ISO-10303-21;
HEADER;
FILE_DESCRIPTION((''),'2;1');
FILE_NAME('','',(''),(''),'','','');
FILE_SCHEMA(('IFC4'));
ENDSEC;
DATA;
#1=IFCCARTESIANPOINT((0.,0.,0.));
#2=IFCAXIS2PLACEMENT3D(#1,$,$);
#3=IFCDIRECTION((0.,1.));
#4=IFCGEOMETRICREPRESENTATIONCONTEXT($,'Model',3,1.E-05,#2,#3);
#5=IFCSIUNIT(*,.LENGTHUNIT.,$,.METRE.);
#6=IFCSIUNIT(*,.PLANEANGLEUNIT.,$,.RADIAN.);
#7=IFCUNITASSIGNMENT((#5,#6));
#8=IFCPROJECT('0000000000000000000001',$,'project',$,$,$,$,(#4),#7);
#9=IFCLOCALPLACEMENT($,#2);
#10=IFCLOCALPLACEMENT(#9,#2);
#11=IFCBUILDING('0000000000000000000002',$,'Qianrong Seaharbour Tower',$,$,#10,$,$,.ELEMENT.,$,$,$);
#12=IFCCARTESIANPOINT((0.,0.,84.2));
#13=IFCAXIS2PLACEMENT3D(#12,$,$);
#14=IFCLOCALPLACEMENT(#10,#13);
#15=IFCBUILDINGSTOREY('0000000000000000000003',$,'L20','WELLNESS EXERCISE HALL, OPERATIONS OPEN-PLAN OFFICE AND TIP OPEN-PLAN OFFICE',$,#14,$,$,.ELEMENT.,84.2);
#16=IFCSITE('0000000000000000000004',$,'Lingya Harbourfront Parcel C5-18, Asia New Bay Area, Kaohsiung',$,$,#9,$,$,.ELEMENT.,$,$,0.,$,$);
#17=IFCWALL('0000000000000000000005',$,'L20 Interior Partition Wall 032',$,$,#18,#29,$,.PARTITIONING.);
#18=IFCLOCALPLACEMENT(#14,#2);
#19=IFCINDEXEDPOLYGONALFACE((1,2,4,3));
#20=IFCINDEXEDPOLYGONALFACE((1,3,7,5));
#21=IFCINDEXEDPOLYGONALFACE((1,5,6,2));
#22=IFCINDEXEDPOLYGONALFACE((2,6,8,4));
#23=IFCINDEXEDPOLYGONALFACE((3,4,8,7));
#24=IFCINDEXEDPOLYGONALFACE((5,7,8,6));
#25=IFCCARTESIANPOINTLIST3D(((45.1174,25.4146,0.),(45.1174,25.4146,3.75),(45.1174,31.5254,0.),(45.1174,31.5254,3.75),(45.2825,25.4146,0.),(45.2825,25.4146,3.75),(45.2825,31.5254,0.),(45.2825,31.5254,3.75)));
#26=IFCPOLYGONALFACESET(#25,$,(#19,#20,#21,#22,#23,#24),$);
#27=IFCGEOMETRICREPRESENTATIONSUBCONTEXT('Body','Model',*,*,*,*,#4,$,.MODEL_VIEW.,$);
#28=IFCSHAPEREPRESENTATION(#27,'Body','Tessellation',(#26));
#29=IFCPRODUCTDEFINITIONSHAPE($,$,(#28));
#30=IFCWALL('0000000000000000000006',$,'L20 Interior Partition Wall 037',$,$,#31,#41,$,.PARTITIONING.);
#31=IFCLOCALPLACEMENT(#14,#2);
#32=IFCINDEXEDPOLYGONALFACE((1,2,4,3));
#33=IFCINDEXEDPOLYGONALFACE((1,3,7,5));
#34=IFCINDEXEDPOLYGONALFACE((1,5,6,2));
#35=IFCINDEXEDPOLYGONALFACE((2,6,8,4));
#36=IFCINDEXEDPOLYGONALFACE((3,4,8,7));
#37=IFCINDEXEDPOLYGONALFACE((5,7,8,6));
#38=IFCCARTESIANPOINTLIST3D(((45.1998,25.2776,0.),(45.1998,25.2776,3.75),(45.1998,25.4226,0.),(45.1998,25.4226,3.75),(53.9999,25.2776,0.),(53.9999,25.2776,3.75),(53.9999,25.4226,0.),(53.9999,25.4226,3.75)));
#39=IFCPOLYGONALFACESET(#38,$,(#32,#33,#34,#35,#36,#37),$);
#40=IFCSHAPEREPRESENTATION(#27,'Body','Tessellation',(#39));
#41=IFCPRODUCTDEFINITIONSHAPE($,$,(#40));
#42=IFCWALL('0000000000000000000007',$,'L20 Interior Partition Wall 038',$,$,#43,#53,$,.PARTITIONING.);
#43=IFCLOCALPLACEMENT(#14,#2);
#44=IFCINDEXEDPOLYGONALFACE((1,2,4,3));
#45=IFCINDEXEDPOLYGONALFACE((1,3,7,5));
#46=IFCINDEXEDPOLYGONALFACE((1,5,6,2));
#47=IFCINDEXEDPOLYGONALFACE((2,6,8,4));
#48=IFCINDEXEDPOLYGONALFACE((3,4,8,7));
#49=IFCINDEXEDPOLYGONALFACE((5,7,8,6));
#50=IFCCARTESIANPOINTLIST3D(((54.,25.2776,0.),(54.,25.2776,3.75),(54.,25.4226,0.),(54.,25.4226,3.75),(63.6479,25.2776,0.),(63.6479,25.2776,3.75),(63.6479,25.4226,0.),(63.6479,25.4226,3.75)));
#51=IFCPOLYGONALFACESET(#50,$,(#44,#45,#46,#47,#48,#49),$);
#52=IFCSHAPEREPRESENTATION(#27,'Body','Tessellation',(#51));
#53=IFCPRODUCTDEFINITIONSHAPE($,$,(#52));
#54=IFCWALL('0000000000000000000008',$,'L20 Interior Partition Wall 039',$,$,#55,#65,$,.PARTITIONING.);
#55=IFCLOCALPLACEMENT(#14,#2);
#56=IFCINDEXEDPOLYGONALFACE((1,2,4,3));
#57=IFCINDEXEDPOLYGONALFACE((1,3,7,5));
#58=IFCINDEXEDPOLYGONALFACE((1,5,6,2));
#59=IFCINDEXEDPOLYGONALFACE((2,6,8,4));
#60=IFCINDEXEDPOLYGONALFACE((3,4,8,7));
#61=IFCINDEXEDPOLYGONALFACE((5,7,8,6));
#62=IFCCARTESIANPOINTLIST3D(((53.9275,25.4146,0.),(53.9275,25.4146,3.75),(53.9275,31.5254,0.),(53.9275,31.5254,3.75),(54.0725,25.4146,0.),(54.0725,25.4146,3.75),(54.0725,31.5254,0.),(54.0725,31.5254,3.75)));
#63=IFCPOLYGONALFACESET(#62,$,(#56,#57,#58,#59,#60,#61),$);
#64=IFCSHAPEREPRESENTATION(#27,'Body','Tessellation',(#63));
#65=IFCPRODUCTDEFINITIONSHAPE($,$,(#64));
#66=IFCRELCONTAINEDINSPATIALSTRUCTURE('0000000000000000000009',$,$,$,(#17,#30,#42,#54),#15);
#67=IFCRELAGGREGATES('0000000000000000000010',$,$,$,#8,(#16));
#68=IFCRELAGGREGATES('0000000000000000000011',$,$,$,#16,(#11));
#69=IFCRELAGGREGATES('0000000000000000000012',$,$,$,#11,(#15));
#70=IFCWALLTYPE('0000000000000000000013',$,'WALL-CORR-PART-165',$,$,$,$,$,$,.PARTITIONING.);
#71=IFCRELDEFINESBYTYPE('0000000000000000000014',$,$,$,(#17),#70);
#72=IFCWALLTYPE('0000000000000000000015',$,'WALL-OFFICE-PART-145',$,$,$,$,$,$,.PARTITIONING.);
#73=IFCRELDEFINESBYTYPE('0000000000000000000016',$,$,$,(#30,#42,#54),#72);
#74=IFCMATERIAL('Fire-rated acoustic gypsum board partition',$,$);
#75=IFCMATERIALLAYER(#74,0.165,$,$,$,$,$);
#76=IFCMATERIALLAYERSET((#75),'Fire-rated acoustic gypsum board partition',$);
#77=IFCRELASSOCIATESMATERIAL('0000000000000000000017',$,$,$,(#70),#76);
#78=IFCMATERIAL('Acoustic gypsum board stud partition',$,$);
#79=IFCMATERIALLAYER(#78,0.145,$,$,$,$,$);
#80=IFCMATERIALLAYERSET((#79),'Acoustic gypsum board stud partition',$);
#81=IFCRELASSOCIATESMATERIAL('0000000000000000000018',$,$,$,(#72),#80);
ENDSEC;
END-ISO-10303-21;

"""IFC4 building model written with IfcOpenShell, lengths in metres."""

from ifc_helpers import new_model, si_unit, direction, frame, frame_2d, origin, place, context, subcontext, project, spatial, rectangle, extrude, material, layer, layer_set, type_object, element, save


model = new_model("IFC4")

# Units and contexts
model_context = context("Model", 3, precision=1e-05, world=origin(), true_north=direction((0.0, 1.0)))
body_context = subcontext(model_context, "Body", "Model", "MODEL_VIEW")
ifc_project = project(units=[si_unit("LENGTHUNIT", "METRE"), si_unit("PLANEANGLEUNIT", "RADIAN")], contexts=[model_context])

# Site, building, storey
site_placement = place(None, origin())
site = spatial("IfcSite", under=ifc_project, at=site_placement, Name="Lingya Harbourfront Parcel C5-18, Asia New Bay Area, Kaohsiung", CompositionType="ELEMENT", RefElevation=0.0)
building_placement = place(site_placement, origin())
building = spatial("IfcBuilding", under=site, at=building_placement, Name="Qianrong Seaharbour Tower", CompositionType="ELEMENT")
storey_placement = place(building_placement, frame((0.0, 0.0, 84.2)))
storey = spatial("IfcBuildingStorey", under=building, at=storey_placement, Name="L20", Description="WELLNESS EXERCISE HALL, OPERATIONS OPEN-PLAN OFFICE AND TIP OPEN-PLAN OFFICE", CompositionType="ELEMENT", Elevation=84.2)

# Shared definitions
ifc_material_1 = material(Name="Fire-rated acoustic gypsum board partition")
ifc_layer_1 = layer(ifc_material_1, 0.165)
ifc_layer_set_1 = layer_set([ifc_layer_1], Name="Fire-rated acoustic gypsum board partition")
wall_type_1 = type_object("IfcWallType", Name="WALL-CORR-PART-165", PredefinedType="PARTITIONING", material=ifc_layer_set_1)

# Walls
wall_1_placement = place(storey_placement, frame((45.2, 31.5254, 0.0), z_axis=(0.0, 0.0, 1.0), x_axis=(0.0, -1.0, 0.0)))
element("IfcWall", 1, at=wall_1_placement, inside=storey, type_object=wall_type_1, Name="L20 Interior Partition Wall 032", PredefinedType="PARTITIONING", context=body_context, shape_type="SweptSolid", body=[
    extrude(rectangle(XDim=6.1108, YDim=0.165, at=frame_2d((3.0554, 0.0))), origin(), (0.0, 0.0, 1.0), 3.75),
])
ifc_material_2 = material(Name="Acoustic gypsum board stud partition")
ifc_layer_2 = layer(ifc_material_2, 0.145)
ifc_layer_set_2 = layer_set([ifc_layer_2], Name="Acoustic gypsum board stud partition")
wall_type_2 = type_object("IfcWallType", Name="WALL-OFFICE-PART-145", PredefinedType="PARTITIONING", material=ifc_layer_set_2)
wall_2_placement = place(storey_placement, frame((45.2, 25.3501, 0.0), z_axis=(0.0, 0.0, 1.0), x_axis=(1.0, 0.0, 0.0)))
element("IfcWall", 2, at=wall_2_placement, inside=storey, type_object=wall_type_2, Name="L20 Interior Partition Wall 037", PredefinedType="PARTITIONING", context=body_context, shape_type="SweptSolid", body=[
    extrude(rectangle(XDim=8.8, YDim=0.145, at=frame_2d((4.3999, 0.0))), origin(), (0.0, 0.0, 1.0), 3.75),
])
wall_3_placement = place(storey_placement, frame((54.0, 25.3501, 0.0), z_axis=(0.0, 0.0, 1.0), x_axis=(1.0, 0.0, 0.0)))
element("IfcWall", 3, at=wall_3_placement, inside=storey, type_object=wall_type_2, Name="L20 Interior Partition Wall 038", PredefinedType="PARTITIONING", context=body_context, shape_type="SweptSolid", body=[
    extrude(rectangle(XDim=9.6479, YDim=0.145, at=frame_2d((4.824, 0.0))), origin(), (0.0, 0.0, 1.0), 3.75),
])
wall_4_placement = place(storey_placement, frame((54.0, 31.5254, 0.0), z_axis=(0.0, 0.0, 1.0), x_axis=(0.0, -1.0, 0.0)))
element("IfcWall", 4, at=wall_4_placement, inside=storey, type_object=wall_type_2, Name="L20 Interior Partition Wall 039", PredefinedType="PARTITIONING", context=body_context, shape_type="SweptSolid", body=[
    extrude(rectangle(XDim=6.1108, YDim=0.145, at=frame_2d((3.0554, 0.0))), origin(), (0.0, 0.0, 1.0), 3.75),
])

save(model, "model.ifc")
